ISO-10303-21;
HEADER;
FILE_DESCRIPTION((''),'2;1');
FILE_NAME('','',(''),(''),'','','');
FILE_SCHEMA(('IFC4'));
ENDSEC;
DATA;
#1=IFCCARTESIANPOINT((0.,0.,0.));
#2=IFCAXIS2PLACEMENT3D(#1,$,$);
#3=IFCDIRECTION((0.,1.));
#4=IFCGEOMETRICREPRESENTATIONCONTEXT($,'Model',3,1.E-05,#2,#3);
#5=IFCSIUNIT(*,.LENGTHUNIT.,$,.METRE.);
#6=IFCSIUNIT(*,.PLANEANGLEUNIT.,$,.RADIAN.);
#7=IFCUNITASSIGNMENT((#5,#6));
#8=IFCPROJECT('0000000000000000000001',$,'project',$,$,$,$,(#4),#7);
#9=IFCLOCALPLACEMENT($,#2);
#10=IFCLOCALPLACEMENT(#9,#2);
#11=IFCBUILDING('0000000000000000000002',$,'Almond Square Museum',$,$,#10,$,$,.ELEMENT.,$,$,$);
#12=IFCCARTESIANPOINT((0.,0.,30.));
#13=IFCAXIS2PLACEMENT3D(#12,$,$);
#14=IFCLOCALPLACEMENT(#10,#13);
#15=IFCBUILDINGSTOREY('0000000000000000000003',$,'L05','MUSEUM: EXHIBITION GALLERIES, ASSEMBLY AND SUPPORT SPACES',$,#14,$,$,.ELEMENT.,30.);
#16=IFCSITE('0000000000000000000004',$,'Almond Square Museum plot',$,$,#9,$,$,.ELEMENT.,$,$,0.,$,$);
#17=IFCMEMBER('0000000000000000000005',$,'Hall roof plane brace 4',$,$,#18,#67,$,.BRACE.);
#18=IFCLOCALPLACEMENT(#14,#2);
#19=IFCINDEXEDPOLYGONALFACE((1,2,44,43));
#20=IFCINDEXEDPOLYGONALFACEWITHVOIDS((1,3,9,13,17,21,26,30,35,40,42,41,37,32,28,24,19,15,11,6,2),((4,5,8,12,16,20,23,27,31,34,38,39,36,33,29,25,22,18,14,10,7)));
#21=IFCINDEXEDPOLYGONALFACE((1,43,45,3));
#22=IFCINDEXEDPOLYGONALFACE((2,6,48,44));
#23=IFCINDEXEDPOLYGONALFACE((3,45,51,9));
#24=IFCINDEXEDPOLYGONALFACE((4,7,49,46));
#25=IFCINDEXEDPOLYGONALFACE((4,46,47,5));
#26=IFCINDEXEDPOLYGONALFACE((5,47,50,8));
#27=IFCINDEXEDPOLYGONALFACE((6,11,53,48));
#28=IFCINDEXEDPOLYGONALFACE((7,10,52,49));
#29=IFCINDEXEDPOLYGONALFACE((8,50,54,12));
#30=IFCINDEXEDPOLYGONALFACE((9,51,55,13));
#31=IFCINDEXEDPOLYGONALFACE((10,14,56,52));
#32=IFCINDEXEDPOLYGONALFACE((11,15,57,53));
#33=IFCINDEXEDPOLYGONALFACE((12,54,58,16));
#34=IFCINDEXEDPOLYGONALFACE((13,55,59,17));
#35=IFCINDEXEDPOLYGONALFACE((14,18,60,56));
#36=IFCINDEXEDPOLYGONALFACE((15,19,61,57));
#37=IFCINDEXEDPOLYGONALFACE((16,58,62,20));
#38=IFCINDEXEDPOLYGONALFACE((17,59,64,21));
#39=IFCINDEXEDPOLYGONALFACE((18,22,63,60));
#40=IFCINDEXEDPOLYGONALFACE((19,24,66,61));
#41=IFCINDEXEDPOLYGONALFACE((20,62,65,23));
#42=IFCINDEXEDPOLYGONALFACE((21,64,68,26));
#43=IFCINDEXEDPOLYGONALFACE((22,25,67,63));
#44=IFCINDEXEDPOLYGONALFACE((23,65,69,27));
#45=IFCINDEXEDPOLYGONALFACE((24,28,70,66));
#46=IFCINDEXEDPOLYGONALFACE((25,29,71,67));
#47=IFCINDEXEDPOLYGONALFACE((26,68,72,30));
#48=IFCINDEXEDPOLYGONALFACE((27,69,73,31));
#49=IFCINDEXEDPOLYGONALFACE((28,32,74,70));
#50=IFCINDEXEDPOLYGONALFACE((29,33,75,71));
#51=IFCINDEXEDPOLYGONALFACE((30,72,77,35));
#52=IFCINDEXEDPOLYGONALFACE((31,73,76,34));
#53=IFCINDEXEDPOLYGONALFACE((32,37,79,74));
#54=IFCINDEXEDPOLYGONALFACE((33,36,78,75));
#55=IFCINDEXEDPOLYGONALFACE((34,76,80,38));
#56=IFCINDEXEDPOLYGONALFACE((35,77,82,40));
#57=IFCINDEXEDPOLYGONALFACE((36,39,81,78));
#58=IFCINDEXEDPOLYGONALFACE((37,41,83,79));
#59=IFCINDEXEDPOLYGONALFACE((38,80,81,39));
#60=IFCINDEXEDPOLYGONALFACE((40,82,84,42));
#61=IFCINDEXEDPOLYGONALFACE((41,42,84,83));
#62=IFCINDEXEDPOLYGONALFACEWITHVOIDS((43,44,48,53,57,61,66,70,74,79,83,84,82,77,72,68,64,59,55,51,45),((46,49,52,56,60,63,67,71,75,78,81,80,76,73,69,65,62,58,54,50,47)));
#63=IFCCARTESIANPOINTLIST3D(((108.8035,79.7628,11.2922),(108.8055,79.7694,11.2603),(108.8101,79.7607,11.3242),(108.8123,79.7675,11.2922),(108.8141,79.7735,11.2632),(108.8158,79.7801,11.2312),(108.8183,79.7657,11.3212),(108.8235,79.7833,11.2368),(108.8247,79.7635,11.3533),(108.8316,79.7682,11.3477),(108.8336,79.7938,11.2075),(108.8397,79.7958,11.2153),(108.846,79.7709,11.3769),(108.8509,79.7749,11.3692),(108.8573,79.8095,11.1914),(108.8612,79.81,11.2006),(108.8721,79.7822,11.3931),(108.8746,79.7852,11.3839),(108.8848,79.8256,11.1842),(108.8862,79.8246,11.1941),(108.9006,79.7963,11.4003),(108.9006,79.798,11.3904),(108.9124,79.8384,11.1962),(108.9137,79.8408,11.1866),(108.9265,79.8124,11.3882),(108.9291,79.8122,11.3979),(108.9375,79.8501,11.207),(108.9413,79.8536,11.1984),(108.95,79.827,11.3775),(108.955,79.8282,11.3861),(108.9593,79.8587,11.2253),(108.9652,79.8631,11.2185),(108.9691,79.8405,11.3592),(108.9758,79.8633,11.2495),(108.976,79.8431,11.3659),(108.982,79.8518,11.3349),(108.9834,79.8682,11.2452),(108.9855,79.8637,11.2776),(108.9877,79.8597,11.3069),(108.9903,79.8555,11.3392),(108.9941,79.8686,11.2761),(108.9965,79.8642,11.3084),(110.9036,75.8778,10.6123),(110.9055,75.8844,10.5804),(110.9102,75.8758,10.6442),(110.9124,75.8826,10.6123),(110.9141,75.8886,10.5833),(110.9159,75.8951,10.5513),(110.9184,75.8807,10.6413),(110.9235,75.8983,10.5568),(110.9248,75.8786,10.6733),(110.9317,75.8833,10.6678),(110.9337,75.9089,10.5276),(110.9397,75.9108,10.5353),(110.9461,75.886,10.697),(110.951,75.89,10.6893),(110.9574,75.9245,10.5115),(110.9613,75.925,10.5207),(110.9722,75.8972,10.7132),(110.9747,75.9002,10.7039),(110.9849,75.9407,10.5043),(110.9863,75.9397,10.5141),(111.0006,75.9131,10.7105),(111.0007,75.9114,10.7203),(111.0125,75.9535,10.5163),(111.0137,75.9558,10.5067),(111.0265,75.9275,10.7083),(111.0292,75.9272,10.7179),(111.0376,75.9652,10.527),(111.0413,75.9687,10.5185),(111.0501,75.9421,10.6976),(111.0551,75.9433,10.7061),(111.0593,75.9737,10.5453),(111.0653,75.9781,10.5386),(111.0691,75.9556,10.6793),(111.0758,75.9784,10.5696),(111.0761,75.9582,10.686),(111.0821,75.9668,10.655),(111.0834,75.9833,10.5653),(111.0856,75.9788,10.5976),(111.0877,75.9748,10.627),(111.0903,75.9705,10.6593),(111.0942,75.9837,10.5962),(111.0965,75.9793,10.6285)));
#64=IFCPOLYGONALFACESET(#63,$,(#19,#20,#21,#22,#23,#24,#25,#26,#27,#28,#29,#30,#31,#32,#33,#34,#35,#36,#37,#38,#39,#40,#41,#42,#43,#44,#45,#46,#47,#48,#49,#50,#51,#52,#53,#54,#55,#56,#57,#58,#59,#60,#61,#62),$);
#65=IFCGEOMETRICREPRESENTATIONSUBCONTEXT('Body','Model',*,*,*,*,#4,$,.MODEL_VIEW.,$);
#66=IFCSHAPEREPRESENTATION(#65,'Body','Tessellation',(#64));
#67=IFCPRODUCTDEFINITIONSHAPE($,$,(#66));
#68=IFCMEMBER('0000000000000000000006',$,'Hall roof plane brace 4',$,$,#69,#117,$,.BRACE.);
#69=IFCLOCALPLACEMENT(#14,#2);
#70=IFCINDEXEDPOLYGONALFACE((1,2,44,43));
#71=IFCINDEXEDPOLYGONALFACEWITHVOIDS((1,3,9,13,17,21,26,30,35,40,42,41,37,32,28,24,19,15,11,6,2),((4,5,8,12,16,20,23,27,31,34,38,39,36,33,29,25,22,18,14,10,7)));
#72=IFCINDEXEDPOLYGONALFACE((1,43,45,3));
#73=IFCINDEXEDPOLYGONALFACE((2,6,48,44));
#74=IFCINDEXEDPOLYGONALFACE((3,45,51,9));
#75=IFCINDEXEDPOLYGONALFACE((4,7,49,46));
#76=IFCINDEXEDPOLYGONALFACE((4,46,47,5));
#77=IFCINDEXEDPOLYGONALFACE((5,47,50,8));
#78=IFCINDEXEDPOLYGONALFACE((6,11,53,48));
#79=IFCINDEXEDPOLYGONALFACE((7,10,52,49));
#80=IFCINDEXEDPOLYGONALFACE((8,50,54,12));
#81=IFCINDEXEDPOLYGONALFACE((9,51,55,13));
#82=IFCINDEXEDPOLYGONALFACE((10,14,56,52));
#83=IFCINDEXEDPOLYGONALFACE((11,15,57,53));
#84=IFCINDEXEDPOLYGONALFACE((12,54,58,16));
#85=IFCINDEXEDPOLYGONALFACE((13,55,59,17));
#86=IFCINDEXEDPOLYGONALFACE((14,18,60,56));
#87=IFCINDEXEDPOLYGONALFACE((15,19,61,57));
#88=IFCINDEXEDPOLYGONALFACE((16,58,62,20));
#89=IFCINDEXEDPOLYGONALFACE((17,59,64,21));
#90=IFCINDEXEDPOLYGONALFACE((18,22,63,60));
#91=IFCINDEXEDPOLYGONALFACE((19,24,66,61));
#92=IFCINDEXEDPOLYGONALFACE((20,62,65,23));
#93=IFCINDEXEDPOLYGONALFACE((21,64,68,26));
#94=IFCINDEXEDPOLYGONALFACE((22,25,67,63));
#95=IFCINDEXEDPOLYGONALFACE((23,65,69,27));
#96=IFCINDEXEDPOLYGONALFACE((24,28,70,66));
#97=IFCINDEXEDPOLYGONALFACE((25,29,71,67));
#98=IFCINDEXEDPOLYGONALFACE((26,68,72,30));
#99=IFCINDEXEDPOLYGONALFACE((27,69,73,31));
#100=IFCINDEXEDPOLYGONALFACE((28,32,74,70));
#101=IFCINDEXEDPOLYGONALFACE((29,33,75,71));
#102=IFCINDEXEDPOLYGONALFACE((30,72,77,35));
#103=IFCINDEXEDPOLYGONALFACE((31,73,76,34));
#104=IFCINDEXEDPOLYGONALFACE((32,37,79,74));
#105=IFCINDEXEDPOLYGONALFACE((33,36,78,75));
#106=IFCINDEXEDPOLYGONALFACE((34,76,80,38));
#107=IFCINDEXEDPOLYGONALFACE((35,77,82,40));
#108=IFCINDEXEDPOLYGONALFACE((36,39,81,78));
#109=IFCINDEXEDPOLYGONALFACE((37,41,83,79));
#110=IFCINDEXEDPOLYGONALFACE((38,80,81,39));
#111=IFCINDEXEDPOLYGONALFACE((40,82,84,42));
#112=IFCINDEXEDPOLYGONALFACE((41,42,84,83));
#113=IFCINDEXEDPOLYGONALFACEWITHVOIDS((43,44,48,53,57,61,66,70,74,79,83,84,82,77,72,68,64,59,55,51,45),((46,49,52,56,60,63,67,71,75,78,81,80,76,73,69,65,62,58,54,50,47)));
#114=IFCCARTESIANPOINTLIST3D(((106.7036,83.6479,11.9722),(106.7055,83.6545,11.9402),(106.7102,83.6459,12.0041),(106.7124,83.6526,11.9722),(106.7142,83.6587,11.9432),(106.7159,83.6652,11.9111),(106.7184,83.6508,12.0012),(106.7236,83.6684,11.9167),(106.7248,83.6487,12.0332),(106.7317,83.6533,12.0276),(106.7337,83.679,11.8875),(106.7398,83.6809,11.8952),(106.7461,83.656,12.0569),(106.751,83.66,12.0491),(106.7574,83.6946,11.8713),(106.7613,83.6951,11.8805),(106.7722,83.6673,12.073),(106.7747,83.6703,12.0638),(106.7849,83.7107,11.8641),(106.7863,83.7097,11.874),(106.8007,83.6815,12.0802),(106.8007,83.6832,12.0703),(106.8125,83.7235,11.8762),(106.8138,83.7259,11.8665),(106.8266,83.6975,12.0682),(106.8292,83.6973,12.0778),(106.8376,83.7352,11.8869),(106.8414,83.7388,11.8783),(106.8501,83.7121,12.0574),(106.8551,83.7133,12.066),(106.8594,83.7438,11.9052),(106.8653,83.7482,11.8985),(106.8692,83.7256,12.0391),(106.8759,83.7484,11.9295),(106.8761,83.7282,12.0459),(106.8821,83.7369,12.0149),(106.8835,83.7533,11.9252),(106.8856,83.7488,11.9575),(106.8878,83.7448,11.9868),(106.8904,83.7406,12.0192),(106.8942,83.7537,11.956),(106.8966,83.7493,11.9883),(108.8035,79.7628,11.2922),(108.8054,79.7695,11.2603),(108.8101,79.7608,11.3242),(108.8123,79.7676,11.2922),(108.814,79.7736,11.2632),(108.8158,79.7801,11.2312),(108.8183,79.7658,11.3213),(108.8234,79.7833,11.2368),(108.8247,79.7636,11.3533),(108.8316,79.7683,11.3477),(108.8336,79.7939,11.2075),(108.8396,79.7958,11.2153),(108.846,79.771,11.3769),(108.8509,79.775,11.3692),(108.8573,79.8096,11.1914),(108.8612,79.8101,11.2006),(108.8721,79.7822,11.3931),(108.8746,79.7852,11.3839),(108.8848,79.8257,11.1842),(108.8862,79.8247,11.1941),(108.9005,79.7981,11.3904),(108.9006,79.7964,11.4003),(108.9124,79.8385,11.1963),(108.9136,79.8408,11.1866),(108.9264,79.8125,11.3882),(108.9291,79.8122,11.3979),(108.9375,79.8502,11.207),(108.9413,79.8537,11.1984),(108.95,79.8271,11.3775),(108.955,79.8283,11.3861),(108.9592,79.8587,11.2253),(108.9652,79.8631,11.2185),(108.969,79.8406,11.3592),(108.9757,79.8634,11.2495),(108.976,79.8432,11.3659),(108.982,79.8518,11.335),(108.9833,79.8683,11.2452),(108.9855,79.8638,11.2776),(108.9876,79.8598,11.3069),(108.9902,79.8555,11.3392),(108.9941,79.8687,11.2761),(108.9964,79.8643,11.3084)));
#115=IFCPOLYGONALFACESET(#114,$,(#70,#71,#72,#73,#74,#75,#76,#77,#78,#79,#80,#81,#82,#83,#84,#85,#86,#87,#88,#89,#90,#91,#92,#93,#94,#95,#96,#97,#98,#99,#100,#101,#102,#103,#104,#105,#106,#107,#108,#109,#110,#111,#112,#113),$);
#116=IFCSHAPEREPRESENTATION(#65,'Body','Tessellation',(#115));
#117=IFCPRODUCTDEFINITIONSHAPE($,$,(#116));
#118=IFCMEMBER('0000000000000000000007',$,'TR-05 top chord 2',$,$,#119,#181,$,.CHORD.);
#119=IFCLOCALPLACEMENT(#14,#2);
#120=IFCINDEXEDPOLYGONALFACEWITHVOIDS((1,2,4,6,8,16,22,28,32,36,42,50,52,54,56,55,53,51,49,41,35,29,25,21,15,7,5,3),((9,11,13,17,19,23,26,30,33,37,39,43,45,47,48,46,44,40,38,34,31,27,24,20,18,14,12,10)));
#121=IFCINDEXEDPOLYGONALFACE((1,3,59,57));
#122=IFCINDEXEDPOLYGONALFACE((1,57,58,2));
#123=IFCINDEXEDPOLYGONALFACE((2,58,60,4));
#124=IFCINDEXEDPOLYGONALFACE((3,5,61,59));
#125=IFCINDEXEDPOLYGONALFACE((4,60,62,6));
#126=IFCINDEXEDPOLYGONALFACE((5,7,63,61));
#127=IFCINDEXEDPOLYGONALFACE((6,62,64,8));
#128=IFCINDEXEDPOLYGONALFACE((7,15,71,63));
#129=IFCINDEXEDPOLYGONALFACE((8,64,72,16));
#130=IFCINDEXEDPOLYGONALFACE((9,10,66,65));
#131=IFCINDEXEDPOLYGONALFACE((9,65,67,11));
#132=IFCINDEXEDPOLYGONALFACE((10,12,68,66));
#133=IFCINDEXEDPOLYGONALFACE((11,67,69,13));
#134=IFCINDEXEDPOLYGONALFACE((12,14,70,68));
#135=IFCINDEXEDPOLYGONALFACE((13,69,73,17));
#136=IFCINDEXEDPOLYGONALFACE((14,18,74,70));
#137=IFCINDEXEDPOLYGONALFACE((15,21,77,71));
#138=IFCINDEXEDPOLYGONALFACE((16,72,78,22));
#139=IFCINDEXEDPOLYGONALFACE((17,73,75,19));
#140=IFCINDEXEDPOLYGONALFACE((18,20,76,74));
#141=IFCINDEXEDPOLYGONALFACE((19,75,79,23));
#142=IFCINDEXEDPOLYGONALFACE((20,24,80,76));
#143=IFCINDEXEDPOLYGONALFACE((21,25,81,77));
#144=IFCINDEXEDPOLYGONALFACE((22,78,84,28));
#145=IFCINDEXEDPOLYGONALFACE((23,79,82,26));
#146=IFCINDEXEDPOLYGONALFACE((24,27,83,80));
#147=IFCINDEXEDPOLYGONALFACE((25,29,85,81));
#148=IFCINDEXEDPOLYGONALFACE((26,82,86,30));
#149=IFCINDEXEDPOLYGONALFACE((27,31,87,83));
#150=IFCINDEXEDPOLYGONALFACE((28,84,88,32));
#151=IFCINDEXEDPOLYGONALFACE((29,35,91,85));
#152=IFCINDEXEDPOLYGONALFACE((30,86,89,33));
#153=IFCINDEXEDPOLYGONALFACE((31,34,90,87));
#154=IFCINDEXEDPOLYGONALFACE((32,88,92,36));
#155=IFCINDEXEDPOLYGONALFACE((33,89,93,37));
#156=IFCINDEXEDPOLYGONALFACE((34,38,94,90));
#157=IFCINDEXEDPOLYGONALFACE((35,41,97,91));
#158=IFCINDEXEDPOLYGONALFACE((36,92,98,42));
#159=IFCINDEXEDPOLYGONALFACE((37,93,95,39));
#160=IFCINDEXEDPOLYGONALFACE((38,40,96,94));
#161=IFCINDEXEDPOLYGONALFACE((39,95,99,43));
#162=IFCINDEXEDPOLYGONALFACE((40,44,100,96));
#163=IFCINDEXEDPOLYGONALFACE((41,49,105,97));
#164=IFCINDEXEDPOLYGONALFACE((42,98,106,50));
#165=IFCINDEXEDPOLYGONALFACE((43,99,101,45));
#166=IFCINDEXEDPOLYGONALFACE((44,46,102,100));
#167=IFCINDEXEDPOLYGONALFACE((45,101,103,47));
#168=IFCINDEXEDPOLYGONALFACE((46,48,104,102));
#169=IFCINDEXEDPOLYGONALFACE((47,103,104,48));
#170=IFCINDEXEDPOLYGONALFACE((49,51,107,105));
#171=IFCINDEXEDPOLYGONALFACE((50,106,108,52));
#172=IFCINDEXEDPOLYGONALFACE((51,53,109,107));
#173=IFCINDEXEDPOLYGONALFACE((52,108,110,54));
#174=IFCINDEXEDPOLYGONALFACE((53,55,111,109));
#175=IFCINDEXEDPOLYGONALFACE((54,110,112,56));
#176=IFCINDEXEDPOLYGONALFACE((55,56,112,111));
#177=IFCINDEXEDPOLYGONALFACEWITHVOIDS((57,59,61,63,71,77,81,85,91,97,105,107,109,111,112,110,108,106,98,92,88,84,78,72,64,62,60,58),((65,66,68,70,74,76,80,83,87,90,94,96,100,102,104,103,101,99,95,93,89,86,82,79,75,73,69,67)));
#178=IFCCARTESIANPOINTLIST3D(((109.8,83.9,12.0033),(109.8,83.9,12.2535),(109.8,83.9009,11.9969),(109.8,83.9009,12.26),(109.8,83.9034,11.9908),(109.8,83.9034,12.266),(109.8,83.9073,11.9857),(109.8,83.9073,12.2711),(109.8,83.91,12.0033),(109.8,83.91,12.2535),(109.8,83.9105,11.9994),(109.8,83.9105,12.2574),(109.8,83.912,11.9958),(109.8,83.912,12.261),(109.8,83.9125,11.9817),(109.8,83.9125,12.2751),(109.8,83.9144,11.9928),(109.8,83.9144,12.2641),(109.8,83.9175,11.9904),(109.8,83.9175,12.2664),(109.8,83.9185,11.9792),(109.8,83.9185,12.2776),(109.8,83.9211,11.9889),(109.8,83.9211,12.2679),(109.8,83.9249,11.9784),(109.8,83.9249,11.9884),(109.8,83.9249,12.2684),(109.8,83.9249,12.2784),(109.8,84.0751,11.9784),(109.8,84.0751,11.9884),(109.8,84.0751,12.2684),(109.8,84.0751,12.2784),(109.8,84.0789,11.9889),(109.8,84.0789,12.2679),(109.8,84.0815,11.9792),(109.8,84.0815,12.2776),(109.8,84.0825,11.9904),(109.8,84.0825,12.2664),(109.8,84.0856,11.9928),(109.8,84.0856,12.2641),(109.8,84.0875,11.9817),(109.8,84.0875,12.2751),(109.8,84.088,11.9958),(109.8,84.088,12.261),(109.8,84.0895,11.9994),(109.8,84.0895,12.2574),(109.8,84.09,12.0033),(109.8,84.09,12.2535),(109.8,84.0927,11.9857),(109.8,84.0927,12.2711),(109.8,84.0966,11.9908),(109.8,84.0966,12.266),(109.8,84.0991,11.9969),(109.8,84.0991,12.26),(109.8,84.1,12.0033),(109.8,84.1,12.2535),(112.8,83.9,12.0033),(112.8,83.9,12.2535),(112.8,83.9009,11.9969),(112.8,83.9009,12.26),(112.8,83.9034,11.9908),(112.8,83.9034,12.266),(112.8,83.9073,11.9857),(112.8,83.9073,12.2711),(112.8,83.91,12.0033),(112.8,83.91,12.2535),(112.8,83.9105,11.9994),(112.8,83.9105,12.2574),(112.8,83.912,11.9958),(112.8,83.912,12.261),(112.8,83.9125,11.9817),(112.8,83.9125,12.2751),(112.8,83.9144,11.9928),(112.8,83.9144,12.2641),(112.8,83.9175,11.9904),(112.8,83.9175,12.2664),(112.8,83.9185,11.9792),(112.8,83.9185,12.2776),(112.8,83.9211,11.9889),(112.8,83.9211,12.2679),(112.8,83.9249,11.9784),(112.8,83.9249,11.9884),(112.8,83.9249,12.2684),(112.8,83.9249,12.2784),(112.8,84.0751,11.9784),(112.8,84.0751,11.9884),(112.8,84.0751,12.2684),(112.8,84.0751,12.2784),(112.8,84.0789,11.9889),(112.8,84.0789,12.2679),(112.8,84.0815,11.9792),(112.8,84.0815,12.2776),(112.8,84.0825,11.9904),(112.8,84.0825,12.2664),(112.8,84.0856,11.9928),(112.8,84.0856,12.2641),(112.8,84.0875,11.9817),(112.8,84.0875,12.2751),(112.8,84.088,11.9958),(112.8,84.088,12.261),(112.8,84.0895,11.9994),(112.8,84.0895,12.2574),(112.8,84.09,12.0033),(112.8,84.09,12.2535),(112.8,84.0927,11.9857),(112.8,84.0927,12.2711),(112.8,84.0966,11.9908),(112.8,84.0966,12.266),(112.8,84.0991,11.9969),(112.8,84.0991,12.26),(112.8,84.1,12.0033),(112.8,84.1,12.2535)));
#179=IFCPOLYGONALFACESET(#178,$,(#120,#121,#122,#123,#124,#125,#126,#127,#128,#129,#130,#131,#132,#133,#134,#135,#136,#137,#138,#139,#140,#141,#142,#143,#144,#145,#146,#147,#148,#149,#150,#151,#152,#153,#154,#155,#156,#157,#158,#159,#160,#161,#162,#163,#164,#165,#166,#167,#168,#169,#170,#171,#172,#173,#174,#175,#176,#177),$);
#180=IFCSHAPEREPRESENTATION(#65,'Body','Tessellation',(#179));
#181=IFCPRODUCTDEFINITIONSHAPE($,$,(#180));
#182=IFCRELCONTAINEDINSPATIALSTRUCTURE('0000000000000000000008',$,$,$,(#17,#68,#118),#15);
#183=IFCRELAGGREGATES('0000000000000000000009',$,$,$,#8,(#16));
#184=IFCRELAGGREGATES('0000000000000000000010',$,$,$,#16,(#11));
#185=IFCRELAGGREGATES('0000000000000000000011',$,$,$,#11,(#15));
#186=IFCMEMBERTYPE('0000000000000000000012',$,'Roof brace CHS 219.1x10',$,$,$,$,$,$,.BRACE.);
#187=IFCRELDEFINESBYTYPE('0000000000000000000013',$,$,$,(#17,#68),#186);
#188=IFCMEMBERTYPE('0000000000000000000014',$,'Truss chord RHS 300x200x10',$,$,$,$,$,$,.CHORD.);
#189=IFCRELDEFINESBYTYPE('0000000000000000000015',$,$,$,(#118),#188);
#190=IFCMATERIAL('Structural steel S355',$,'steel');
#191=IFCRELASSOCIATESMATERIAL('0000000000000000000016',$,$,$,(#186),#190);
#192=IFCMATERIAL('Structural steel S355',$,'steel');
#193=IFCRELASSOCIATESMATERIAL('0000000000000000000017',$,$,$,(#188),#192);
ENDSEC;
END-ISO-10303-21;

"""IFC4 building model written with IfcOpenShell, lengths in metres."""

from ifc_helpers import new_model, si_unit, direction, frame, origin, origin_2d, place, context, subcontext, project, spatial, hollow_rectangle, hollow_circle, extrude, material, material_profile, profile_set, type_object, element, save


model = new_model("IFC4")

# Units and contexts
model_context = context("Model", 3, precision=1e-05, world=origin(), true_north=direction((0.0, 1.0)))
body_context = subcontext(model_context, "Body", "Model", "MODEL_VIEW")
ifc_project = project(units=[si_unit("LENGTHUNIT", "METRE"), si_unit("PLANEANGLEUNIT", "RADIAN")], contexts=[model_context])

# Site, building, storey
site_placement = place(None, origin())
site = spatial("IfcSite", under=ifc_project, at=site_placement, Name="Almond Square Museum plot", CompositionType="ELEMENT", RefElevation=0.0)
building_placement = place(site_placement, origin())
building = spatial("IfcBuilding", under=site, at=building_placement, Name="Almond Square Museum", CompositionType="ELEMENT")
storey_placement = place(building_placement, frame((0.0, 0.0, 30.0)))
storey = spatial("IfcBuildingStorey", under=building, at=storey_placement, Name="L05", Description="MUSEUM: EXHIBITION GALLERIES, ASSEMBLY AND SUPPORT SPACES", CompositionType="ELEMENT", Elevation=30.0)

# Members
ifc_material_1 = material(Name="Structural steel S355", Category="steel")
ifc_material_profile_1 = material_profile(ifc_material_1, hollow_circle(Radius=0.1096, WallThickness=0.01, at=origin_2d()))
ifc_profile_set_1 = profile_set([ifc_material_profile_1], Name="Structural steel S355")
member_type_1 = type_object("IfcMemberType", Name="Roof brace CHS 219.1x10", PredefinedType="BRACE", material=ifc_profile_set_1)
for number, where, z_axis, x_axis, name in (
    (1, (111.0, 75.9299, 10.6123), (-0.469996, 0.869454, 0.152167), (-0.879698, -0.475533, 0.0), "Hall roof plane brace 4"),
    (2, (108.8999, 79.8149, 11.2922), (-0.469953, 0.869476, 0.152171), (-0.879721, -0.47549, 0.0), "Hall roof plane brace 4"),
):
    element("IfcMember", number, at=place(storey_placement, frame(where, z_axis=z_axis, x_axis=x_axis)), inside=storey, type_object=member_type_1, Name=name, PredefinedType="BRACE", context=body_context, shape_type="SweptSolid", body=[
        extrude(hollow_circle(Radius=0.1096, WallThickness=0.01, at=origin_2d()), origin(), (0.0, 0.0, 1.0), 4.4683),
    ])
ifc_material_2 = material(Name="Structural steel S355", Category="steel")
ifc_material_profile_2 = material_profile(ifc_material_2, hollow_rectangle(XDim=0.2, YDim=0.3, WallThickness=0.01, InnerFilletRadius=0.0149, OuterFilletRadius=0.0249, at=origin_2d()))
ifc_profile_set_2 = profile_set([ifc_material_profile_2], Name="Structural steel S355")
member_type_2 = type_object("IfcMemberType", Name="Truss chord RHS 300x200x10", PredefinedType="CHORD", material=ifc_profile_set_2)
for number, where, z_axis, x_axis, name in (
    (3, (109.8, 84.0, 12.1284), (1.0, 0.0, 0.0), (0.0, 1.0, 0.0), "TR-05 top chord 2"),
):
    element("IfcMember", number, at=place(storey_placement, frame(where, z_axis=z_axis, x_axis=x_axis)), inside=storey, type_object=member_type_2, Name=name, PredefinedType="CHORD", context=body_context, shape_type="SweptSolid", body=[
        extrude(hollow_rectangle(XDim=0.2, YDim=0.3, WallThickness=0.01, InnerFilletRadius=0.0149, OuterFilletRadius=0.0249, at=origin_2d()), origin(), (0.0, 0.0, 1.0), 3.0),
    ])

save(model, "model.ifc")
